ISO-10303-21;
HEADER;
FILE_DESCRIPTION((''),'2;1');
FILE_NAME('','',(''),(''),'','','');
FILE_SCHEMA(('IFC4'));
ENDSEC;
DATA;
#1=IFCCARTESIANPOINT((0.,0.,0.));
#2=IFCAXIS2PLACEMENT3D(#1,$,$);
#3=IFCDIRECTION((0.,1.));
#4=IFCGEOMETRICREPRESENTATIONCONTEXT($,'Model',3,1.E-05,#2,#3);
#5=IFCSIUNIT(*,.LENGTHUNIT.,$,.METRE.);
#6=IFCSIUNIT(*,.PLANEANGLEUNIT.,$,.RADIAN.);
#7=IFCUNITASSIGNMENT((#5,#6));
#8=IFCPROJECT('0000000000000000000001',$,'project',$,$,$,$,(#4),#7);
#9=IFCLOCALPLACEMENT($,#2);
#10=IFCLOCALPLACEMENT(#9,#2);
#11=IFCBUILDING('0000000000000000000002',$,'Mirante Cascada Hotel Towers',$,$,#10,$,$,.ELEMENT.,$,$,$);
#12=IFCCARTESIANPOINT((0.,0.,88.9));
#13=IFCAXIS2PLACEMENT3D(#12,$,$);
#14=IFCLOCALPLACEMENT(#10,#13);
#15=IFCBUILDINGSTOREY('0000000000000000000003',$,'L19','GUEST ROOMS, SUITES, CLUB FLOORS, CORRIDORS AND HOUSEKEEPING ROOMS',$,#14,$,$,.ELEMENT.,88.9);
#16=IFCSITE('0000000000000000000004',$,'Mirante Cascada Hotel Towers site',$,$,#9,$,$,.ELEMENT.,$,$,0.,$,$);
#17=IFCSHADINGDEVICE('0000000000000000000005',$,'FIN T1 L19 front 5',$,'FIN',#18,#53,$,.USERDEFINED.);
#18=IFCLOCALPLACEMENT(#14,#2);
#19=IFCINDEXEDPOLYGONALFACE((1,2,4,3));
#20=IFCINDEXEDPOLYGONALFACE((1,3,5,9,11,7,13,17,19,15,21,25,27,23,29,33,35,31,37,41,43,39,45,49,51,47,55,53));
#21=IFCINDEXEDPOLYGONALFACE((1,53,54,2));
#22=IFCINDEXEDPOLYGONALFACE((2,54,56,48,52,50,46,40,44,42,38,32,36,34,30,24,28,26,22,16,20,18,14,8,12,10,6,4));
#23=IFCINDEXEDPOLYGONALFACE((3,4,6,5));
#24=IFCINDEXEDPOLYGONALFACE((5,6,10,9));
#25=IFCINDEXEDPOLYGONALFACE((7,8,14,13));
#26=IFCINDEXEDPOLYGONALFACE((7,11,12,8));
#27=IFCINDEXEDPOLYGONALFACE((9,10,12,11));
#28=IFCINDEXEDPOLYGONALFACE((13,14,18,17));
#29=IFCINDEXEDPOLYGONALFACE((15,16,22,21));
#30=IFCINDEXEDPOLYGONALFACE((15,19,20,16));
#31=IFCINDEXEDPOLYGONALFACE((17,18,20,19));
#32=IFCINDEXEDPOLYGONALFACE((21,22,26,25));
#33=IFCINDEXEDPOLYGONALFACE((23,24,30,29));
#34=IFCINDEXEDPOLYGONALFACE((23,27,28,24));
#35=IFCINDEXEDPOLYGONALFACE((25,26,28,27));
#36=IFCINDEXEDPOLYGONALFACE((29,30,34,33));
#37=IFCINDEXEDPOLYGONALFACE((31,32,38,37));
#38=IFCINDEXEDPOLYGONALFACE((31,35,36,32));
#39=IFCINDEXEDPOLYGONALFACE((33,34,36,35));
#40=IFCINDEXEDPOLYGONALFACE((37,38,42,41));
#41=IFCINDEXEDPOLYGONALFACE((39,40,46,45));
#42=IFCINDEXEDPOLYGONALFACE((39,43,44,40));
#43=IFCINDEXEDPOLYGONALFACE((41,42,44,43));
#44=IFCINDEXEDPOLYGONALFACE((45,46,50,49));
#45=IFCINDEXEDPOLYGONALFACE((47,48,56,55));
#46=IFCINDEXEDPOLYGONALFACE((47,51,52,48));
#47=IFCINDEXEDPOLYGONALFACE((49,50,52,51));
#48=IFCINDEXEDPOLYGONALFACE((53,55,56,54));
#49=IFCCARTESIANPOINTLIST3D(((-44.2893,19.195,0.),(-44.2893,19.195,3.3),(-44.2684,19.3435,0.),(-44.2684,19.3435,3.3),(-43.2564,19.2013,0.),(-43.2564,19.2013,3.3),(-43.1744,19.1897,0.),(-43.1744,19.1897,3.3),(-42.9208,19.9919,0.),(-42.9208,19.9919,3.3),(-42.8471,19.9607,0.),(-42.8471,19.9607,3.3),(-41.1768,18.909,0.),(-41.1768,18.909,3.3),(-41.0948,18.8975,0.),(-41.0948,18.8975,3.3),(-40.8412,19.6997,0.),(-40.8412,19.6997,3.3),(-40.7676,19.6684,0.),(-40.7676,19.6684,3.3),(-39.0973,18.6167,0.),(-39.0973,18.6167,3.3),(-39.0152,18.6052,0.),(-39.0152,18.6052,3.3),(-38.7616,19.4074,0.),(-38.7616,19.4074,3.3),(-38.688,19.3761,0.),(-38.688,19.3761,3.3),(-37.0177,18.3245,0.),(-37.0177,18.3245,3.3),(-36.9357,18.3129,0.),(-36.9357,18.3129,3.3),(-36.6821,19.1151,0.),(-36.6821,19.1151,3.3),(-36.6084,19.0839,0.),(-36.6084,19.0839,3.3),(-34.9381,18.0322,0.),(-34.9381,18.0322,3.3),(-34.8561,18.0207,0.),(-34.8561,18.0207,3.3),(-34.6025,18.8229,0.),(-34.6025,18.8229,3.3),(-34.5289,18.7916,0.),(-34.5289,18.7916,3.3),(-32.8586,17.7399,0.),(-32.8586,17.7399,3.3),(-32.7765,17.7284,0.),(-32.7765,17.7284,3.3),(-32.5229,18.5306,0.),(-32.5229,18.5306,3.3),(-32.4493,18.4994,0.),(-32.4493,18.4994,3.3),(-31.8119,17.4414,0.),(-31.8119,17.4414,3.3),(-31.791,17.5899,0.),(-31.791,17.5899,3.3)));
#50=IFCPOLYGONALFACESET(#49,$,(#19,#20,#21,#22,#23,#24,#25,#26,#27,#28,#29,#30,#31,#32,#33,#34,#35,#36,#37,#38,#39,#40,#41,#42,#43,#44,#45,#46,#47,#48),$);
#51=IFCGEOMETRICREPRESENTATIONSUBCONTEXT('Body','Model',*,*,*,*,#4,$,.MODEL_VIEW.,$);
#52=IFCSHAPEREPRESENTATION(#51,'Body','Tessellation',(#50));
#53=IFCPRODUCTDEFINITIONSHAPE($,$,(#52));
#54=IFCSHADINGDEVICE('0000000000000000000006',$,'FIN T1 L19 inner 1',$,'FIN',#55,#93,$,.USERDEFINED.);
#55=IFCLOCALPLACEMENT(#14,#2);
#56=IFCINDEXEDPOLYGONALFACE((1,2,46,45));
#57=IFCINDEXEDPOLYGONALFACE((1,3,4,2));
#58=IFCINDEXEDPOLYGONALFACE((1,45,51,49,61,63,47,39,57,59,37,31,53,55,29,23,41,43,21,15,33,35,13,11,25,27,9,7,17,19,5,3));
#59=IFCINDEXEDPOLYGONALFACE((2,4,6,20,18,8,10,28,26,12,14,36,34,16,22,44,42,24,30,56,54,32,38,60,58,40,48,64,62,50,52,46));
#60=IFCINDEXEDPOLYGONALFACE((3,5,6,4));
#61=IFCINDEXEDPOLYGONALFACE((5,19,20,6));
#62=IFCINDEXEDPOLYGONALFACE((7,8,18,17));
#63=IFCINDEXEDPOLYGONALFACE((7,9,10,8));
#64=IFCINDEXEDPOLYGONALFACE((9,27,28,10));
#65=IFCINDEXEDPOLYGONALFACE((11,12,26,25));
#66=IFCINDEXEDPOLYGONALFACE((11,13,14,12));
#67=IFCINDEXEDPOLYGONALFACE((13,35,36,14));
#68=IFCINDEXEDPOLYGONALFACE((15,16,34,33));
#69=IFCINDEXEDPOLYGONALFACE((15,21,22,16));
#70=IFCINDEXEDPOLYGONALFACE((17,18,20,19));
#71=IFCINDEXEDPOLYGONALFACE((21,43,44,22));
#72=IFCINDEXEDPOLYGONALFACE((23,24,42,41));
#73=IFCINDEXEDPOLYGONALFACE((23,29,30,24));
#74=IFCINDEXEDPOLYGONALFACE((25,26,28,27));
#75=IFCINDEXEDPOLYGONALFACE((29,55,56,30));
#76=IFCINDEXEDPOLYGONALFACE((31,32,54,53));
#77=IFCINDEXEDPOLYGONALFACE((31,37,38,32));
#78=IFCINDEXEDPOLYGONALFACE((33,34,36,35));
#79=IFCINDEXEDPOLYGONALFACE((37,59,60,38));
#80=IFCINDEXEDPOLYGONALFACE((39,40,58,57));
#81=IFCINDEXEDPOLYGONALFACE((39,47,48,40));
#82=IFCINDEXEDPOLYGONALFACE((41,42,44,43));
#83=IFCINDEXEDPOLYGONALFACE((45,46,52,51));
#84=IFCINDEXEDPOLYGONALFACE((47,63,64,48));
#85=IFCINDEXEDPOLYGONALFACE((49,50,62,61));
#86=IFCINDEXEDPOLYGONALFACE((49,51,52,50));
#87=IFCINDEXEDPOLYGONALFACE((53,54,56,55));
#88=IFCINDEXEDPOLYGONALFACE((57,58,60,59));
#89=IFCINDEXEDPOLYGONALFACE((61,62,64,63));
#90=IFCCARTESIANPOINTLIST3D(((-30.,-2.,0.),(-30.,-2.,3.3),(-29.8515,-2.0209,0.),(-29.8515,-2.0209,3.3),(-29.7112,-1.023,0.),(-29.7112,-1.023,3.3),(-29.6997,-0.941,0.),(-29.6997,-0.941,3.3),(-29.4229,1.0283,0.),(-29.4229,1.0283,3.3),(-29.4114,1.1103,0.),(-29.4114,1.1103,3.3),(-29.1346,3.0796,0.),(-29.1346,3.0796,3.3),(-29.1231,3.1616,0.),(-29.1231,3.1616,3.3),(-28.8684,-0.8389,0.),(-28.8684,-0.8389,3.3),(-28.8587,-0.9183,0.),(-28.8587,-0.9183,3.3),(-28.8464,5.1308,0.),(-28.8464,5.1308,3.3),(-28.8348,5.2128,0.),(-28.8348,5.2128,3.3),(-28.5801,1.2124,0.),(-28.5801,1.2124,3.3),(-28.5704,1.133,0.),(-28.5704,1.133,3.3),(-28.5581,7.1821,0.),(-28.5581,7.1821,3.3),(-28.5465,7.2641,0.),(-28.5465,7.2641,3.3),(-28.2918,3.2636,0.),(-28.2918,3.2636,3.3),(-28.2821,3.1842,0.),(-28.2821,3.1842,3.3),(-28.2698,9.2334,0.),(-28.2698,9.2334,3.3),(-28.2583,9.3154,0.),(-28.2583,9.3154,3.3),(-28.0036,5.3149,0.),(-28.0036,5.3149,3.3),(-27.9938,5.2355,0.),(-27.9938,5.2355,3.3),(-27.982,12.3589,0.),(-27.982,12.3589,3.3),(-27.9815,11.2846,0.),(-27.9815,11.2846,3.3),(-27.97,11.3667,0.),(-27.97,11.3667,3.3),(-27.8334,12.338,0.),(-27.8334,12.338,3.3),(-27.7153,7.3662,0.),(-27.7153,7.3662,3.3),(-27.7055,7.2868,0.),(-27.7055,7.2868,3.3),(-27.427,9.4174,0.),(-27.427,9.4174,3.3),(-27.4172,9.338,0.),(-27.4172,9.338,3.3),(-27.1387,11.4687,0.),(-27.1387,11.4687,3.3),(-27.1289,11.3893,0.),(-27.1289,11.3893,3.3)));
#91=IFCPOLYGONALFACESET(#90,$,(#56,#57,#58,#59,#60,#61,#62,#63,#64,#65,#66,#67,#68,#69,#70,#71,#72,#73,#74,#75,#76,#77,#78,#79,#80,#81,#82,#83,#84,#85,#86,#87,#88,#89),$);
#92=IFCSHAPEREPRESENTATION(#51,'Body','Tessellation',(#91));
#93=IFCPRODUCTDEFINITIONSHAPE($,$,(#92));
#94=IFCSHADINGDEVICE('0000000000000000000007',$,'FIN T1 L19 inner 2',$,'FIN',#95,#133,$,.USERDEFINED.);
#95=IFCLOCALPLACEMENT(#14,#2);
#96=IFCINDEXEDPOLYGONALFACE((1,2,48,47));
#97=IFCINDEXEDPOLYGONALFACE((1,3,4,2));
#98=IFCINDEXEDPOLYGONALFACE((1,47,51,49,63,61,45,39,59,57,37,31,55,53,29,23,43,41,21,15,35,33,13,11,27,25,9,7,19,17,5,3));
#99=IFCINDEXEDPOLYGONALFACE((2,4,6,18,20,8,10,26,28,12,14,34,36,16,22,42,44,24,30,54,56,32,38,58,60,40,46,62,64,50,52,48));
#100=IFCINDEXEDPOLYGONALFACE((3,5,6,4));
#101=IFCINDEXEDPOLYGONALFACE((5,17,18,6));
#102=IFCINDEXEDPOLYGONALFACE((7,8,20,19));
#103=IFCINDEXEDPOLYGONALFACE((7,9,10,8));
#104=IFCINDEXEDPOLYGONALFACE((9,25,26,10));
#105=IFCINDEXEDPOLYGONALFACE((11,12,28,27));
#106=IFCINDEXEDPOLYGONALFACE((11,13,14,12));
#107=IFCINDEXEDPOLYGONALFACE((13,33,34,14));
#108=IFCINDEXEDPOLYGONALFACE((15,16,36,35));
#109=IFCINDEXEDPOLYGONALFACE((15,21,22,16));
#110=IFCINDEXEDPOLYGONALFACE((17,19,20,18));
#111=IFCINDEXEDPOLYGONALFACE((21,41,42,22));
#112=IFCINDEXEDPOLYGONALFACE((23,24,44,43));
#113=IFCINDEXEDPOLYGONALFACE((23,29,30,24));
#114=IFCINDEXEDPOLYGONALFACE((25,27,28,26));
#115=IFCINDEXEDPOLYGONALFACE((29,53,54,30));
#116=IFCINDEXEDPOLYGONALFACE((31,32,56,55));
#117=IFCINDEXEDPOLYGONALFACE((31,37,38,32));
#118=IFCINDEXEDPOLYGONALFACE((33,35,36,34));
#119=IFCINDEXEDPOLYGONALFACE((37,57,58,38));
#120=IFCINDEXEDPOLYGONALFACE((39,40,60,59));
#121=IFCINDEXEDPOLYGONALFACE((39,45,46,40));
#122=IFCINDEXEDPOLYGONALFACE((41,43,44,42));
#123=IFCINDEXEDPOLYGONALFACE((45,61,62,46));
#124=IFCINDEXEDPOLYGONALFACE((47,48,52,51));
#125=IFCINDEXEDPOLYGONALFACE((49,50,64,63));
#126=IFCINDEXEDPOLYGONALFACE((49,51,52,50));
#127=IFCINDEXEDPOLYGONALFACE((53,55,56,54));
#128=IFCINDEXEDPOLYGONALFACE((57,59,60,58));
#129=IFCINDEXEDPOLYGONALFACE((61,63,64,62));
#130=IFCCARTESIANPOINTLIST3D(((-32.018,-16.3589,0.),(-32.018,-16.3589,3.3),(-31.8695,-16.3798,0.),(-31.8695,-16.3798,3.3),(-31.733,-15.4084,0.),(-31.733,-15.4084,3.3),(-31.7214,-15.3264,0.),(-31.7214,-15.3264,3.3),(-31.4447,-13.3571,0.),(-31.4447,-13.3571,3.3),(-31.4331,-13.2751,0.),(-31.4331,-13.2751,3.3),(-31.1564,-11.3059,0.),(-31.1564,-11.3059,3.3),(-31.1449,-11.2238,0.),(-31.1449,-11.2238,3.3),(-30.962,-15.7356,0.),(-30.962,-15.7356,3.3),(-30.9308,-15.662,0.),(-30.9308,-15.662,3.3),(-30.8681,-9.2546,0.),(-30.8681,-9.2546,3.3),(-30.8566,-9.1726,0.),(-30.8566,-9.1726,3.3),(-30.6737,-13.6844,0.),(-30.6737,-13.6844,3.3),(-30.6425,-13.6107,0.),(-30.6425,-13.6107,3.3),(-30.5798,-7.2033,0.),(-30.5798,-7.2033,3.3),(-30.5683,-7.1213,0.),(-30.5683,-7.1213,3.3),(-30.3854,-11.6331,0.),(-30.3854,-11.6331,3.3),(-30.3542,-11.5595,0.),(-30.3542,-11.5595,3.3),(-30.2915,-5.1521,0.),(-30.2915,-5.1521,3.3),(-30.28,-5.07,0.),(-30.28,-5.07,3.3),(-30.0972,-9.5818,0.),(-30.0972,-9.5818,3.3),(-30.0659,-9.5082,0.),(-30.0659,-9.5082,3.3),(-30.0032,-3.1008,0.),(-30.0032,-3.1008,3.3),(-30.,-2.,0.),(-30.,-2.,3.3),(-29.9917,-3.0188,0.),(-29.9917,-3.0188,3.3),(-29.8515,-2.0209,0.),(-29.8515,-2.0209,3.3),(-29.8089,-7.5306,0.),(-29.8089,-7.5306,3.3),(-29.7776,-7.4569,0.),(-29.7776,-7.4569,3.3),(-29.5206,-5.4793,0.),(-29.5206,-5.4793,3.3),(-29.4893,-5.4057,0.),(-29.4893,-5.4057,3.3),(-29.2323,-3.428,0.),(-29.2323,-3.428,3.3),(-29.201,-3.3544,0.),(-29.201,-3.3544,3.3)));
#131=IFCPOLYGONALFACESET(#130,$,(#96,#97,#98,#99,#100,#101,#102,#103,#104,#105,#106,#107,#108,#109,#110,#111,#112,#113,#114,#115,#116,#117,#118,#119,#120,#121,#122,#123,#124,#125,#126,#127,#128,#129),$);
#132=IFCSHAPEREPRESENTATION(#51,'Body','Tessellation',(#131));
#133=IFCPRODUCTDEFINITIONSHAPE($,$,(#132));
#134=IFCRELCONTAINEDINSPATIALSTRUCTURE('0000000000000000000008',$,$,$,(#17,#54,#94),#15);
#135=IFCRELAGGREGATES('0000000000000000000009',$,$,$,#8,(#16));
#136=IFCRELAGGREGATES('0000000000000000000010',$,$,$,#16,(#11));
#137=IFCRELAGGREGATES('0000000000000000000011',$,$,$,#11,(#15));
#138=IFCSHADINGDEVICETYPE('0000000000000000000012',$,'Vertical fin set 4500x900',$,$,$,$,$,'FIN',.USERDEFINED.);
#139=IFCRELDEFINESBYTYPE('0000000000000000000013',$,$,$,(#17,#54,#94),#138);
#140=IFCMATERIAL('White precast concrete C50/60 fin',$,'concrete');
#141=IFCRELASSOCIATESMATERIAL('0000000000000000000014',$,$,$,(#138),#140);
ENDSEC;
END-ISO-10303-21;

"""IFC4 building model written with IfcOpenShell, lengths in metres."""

from ifc_helpers import new_model, si_unit, direction, frame, origin, place, context, subcontext, project, spatial, polyline, outline, extrude, material, type_object, element, save


model = new_model("IFC4")

# Units and contexts
model_context = context("Model", 3, precision=1e-05, world=origin(), true_north=direction((0.0, 1.0)))
body_context = subcontext(model_context, "Body", "Model", "MODEL_VIEW")
ifc_project = project(units=[si_unit("LENGTHUNIT", "METRE"), si_unit("PLANEANGLEUNIT", "RADIAN")], contexts=[model_context])

# Site, building, storey
site_placement = place(None, origin())
site = spatial("IfcSite", under=ifc_project, at=site_placement, Name="Mirante Cascada Hotel Towers site", CompositionType="ELEMENT", RefElevation=0.0)
building_placement = place(site_placement, origin())
building = spatial("IfcBuilding", under=site, at=building_placement, Name="Mirante Cascada Hotel Towers", CompositionType="ELEMENT")
storey_placement = place(building_placement, frame((0.0, 0.0, 88.9)))
storey = spatial("IfcBuildingStorey", under=building, at=storey_placement, Name="L19", Description="GUEST ROOMS, SUITES, CLUB FLOORS, CORRIDORS AND HOUSEKEEPING ROOMS", CompositionType="ELEMENT", Elevation=88.9)

# Shading devices
ifc_material_1 = material(Name="White precast concrete C50/60 fin", Category="concrete")
shading_device_type = type_object("IfcShadingDeviceType", Name="Vertical fin set 4500x900", ElementType="FIN", PredefinedType="USERDEFINED", material=ifc_material_1)
shading_device_1_placement = place(storey_placement, origin())
element("IfcShadingDevice", 1, at=shading_device_1_placement, inside=storey, type_object=shading_device_type, Name="FIN T1 L19 front 5", ObjectType="FIN", PredefinedType="USERDEFINED", context=body_context, shape_type="SweptSolid", body=[
    extrude(outline(polyline([(-32.4493, 18.4994), (-32.7765, 17.7284), (-31.791, 17.5899), (-31.8119, 17.4414), (-44.2893, 19.195), (-44.2684, 19.3435), (-43.2564, 19.2013), (-42.9208, 19.9919), (-42.8471, 19.9607), (-43.1744, 19.1897), (-41.1768, 18.909), (-40.8412, 19.6997), (-40.7676, 19.6684), (-41.0948, 18.8975), (-39.0973, 18.6167), (-38.7616, 19.4074), (-38.688, 19.3761), (-39.0152, 18.6052), (-37.0177, 18.3245), (-36.6821, 19.1151), (-36.6084, 19.0839), (-36.9357, 18.3129), (-34.9381, 18.0322), (-34.6025, 18.8229), (-34.5289, 18.7916), (-34.8561, 18.0207), (-32.8586, 17.7399), (-32.5229, 18.5306), (-32.4493, 18.4994)])), origin(), (0.0, 0.0, 1.0), 3.3),
])
shading_device_2_placement = place(storey_placement, origin())
element("IfcShadingDevice", 2, at=shading_device_2_placement, inside=storey, type_object=shading_device_type, Name="FIN T1 L19 inner 1", ObjectType="FIN", PredefinedType="USERDEFINED", context=body_context, shape_type="SweptSolid", body=[
    extrude(outline(polyline([(-29.7112, -1.023), (-29.8515, -2.0209), (-30.0, -2.0), (-27.982, 12.3589), (-27.8334, 12.338), (-27.97, 11.3667), (-27.1387, 11.4687), (-27.1289, 11.3893), (-27.9815, 11.2846), (-28.2583, 9.3154), (-27.427, 9.4174), (-27.4172, 9.338), (-28.2698, 9.2334), (-28.5465, 7.2641), (-27.7153, 7.3662), (-27.7055, 7.2868), (-28.5581, 7.1821), (-28.8348, 5.2128), (-28.0036, 5.3149), (-27.9938, 5.2355), (-28.8464, 5.1308), (-29.1231, 3.1616), (-28.2918, 3.2636), (-28.2821, 3.1842), (-29.1346, 3.0796), (-29.4114, 1.1103), (-28.5801, 1.2124), (-28.5704, 1.133), (-29.4229, 1.0283), (-29.6997, -0.941), (-28.8684, -0.8389), (-28.8587, -0.9183), (-29.7112, -1.023)])), origin(), (0.0, 0.0, 1.0), 3.3),
])
shading_device_3_placement = place(storey_placement, origin())
element("IfcShadingDevice", 3, at=shading_device_3_placement, inside=storey, type_object=shading_device_type, Name="FIN T1 L19 inner 2", ObjectType="FIN", PredefinedType="USERDEFINED", context=body_context, shape_type="SweptSolid", body=[
    extrude(outline(polyline([(-31.733, -15.4084), (-31.8695, -16.3798), (-32.018, -16.3589), (-30.0, -2.0), (-29.8515, -2.0209), (-29.9917, -3.0188), (-29.201, -3.3544), (-29.2323, -3.428), (-30.0032, -3.1008), (-30.28, -5.07), (-29.4893, -5.4057), (-29.5206, -5.4793), (-30.2915, -5.1521), (-30.5683, -7.1213), (-29.7776, -7.4569), (-29.8089, -7.5306), (-30.5798, -7.2033), (-30.8566, -9.1726), (-30.0659, -9.5082), (-30.0972, -9.5818), (-30.8681, -9.2546), (-31.1449, -11.2238), (-30.3542, -11.5595), (-30.3854, -11.6331), (-31.1564, -11.3059), (-31.4331, -13.2751), (-30.6425, -13.6107), (-30.6737, -13.6844), (-31.4447, -13.3571), (-31.7214, -15.3264), (-30.9308, -15.662), (-30.962, -15.7356), (-31.733, -15.4084)])), origin(), (0.0, 0.0, 1.0), 3.3),
])

save(model, "model.ifc")
